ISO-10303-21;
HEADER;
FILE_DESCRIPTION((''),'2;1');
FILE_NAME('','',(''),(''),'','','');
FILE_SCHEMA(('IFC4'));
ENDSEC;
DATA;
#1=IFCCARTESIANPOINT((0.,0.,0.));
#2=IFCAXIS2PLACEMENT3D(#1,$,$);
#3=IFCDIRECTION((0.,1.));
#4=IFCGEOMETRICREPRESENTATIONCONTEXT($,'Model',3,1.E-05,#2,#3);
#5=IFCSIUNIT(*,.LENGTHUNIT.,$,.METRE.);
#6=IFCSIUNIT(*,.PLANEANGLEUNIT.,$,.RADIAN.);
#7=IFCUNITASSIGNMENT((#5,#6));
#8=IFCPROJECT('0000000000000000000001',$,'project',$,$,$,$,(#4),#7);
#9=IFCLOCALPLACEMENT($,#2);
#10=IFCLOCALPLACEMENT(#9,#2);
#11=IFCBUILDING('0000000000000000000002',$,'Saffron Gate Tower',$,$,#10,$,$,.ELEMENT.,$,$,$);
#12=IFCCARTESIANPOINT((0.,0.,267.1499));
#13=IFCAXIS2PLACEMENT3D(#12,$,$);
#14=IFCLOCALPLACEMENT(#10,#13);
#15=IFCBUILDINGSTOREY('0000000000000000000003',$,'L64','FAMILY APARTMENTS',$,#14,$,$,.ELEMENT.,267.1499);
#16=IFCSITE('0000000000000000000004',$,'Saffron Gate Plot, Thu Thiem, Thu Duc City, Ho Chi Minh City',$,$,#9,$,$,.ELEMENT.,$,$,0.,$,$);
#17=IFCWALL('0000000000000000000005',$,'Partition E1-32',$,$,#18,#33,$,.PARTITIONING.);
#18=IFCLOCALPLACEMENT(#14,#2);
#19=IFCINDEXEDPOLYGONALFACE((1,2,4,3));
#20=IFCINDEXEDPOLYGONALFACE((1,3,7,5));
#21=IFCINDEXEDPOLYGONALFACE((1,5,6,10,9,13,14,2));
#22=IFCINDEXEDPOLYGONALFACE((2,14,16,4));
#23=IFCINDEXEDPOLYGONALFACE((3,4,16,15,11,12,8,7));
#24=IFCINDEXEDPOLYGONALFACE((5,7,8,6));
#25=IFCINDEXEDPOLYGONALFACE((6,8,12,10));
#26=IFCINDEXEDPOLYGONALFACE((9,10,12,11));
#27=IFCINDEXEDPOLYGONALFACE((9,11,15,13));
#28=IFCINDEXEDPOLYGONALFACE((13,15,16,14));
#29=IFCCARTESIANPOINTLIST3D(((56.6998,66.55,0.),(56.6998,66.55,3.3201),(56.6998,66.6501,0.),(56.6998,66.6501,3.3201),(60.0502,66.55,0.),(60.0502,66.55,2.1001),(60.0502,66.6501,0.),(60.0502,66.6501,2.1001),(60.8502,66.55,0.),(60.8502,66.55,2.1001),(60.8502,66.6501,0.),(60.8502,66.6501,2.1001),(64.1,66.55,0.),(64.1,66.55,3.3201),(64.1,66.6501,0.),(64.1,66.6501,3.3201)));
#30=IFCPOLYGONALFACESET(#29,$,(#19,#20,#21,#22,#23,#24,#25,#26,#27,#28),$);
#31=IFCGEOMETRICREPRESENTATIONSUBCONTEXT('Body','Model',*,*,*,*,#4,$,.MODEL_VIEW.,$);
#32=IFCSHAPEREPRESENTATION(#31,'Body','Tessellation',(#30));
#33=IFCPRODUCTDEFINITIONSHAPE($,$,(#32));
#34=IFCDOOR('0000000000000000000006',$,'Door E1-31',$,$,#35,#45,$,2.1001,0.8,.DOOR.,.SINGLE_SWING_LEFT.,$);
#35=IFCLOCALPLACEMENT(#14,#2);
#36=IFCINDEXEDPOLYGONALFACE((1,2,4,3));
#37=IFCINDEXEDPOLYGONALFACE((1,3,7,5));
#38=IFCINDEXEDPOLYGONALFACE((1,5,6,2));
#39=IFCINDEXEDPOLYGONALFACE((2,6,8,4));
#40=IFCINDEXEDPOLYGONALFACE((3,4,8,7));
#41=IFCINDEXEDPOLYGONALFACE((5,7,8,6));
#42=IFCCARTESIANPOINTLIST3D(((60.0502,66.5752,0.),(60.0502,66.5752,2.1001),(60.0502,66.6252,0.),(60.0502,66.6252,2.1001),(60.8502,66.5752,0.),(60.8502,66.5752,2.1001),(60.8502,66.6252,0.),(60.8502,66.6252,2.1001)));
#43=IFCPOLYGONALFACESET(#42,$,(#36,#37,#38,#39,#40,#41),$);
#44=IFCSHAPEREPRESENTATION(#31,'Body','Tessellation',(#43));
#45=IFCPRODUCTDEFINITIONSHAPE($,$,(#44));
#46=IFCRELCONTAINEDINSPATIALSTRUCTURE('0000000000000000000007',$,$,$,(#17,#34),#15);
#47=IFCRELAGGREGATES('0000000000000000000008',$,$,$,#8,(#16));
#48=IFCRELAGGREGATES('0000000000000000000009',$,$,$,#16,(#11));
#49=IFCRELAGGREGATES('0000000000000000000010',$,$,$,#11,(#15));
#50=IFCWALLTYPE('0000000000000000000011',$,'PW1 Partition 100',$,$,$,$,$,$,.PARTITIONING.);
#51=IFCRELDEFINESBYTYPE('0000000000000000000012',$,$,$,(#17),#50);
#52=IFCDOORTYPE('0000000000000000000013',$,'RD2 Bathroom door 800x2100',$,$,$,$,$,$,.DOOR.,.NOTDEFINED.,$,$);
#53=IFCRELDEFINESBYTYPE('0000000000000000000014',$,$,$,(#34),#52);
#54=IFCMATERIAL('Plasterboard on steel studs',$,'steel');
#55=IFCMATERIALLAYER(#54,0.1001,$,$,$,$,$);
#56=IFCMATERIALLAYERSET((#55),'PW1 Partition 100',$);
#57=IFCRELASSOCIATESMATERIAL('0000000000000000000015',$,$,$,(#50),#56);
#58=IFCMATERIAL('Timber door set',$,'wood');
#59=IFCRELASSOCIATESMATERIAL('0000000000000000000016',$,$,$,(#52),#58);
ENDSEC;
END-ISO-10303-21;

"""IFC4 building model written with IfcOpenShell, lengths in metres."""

from ifc_helpers import new_model, si_unit, direction, frame, frame_2d, origin, place, context, subcontext, project, spatial, rectangle, extrude, material, layer, layer_set, type_object, element, fill, save


model = new_model("IFC4")

# Units and contexts
model_context = context("Model", 3, precision=1e-05, world=origin(), true_north=direction((0.0, 1.0)))
body_context = subcontext(model_context, "Body", "Model", "MODEL_VIEW")
ifc_project = project(units=[si_unit("LENGTHUNIT", "METRE"), si_unit("PLANEANGLEUNIT", "RADIAN")], contexts=[model_context])

# Site, building, storey
site_placement = place(None, origin())
site = spatial("IfcSite", under=ifc_project, at=site_placement, Name="Saffron Gate Plot, Thu Thiem, Thu Duc City, Ho Chi Minh City", CompositionType="ELEMENT", RefElevation=0.0)
building_placement = place(site_placement, origin())
building = spatial("IfcBuilding", under=site, at=building_placement, Name="Saffron Gate Tower", CompositionType="ELEMENT")
storey_placement = place(building_placement, frame((0.0, 0.0, 267.1499)))
storey = spatial("IfcBuildingStorey", under=building, at=storey_placement, Name="L64", Description="FAMILY APARTMENTS", CompositionType="ELEMENT", Elevation=267.1499)

# Wall, opening, door
ifc_material_1 = material(Name="Plasterboard on steel studs", Category="steel")
ifc_layer_1 = layer(ifc_material_1, 0.1001)
ifc_layer_set_1 = layer_set([ifc_layer_1], Name="PW1 Partition 100")
wall_type_1 = type_object("IfcWallType", Name="PW1 Partition 100", PredefinedType="PARTITIONING", material=ifc_layer_set_1)
wall_1_placement = place(storey_placement, frame((64.1001, 66.6001, 0.0), z_axis=(0.0, 0.0, 1.0), x_axis=(-1.0, 0.0, 0.0)))
wall_1 = element("IfcWall", 1, at=wall_1_placement, inside=storey, type_object=wall_type_1, Name="Partition E1-32", PredefinedType="PARTITIONING", context=body_context, shape_type="SweptSolid", body=[
    extrude(rectangle(XDim=7.4001, YDim=0.1001, at=frame_2d((3.7002, 0.0))), origin(), (0.0, 0.0, 1.0), 3.3201),
])
opening_1_placement = place(wall_1_placement, frame((3.25, 0.0, 0.0)))
opening_1 = element("IfcOpeningElement", 2, at=opening_1_placement, cuts=wall_1, PredefinedType="OPENING", context=body_context, shape_type="SweptSolid", body=[
    extrude(rectangle(XDim=0.8, YDim=2.1001, at=frame_2d((0.3999, 1.05))), frame((0.0, 0.0601, 0.0), z_axis=(0.0, -1.0, 0.0), x_axis=(1.0, 0.0, 0.0)), (0.0, 0.0, 1.0), 0.1201),
])
ifc_material_2 = material(Name="Timber door set", Category="wood")
door_type_1 = type_object("IfcDoorType", Name="RD2 Bathroom door 800x2100", OperationType="NOTDEFINED", PredefinedType="DOOR", material=ifc_material_2)
door_1_placement = place(opening_1_placement, origin())
door_1 = element("IfcDoor", 3, at=door_1_placement, inside=storey, type_object=door_type_1, Name="Door E1-31", OperationType="SINGLE_SWING_LEFT", OverallHeight=2.1001, OverallWidth=0.8, PredefinedType="DOOR", context=body_context, shape_type="SweptSolid", body=[
    extrude(rectangle(XDim=0.8, YDim=2.1001, at=frame_2d((0.3999, 1.05))), frame((0.0, 0.0249, 0.0), z_axis=(0.0, -1.0, 0.0), x_axis=(1.0, 0.0, 0.0)), (0.0, 0.0, 1.0), 0.05),
])
fill(opening_1, door_1)

save(model, "model.ifc")
